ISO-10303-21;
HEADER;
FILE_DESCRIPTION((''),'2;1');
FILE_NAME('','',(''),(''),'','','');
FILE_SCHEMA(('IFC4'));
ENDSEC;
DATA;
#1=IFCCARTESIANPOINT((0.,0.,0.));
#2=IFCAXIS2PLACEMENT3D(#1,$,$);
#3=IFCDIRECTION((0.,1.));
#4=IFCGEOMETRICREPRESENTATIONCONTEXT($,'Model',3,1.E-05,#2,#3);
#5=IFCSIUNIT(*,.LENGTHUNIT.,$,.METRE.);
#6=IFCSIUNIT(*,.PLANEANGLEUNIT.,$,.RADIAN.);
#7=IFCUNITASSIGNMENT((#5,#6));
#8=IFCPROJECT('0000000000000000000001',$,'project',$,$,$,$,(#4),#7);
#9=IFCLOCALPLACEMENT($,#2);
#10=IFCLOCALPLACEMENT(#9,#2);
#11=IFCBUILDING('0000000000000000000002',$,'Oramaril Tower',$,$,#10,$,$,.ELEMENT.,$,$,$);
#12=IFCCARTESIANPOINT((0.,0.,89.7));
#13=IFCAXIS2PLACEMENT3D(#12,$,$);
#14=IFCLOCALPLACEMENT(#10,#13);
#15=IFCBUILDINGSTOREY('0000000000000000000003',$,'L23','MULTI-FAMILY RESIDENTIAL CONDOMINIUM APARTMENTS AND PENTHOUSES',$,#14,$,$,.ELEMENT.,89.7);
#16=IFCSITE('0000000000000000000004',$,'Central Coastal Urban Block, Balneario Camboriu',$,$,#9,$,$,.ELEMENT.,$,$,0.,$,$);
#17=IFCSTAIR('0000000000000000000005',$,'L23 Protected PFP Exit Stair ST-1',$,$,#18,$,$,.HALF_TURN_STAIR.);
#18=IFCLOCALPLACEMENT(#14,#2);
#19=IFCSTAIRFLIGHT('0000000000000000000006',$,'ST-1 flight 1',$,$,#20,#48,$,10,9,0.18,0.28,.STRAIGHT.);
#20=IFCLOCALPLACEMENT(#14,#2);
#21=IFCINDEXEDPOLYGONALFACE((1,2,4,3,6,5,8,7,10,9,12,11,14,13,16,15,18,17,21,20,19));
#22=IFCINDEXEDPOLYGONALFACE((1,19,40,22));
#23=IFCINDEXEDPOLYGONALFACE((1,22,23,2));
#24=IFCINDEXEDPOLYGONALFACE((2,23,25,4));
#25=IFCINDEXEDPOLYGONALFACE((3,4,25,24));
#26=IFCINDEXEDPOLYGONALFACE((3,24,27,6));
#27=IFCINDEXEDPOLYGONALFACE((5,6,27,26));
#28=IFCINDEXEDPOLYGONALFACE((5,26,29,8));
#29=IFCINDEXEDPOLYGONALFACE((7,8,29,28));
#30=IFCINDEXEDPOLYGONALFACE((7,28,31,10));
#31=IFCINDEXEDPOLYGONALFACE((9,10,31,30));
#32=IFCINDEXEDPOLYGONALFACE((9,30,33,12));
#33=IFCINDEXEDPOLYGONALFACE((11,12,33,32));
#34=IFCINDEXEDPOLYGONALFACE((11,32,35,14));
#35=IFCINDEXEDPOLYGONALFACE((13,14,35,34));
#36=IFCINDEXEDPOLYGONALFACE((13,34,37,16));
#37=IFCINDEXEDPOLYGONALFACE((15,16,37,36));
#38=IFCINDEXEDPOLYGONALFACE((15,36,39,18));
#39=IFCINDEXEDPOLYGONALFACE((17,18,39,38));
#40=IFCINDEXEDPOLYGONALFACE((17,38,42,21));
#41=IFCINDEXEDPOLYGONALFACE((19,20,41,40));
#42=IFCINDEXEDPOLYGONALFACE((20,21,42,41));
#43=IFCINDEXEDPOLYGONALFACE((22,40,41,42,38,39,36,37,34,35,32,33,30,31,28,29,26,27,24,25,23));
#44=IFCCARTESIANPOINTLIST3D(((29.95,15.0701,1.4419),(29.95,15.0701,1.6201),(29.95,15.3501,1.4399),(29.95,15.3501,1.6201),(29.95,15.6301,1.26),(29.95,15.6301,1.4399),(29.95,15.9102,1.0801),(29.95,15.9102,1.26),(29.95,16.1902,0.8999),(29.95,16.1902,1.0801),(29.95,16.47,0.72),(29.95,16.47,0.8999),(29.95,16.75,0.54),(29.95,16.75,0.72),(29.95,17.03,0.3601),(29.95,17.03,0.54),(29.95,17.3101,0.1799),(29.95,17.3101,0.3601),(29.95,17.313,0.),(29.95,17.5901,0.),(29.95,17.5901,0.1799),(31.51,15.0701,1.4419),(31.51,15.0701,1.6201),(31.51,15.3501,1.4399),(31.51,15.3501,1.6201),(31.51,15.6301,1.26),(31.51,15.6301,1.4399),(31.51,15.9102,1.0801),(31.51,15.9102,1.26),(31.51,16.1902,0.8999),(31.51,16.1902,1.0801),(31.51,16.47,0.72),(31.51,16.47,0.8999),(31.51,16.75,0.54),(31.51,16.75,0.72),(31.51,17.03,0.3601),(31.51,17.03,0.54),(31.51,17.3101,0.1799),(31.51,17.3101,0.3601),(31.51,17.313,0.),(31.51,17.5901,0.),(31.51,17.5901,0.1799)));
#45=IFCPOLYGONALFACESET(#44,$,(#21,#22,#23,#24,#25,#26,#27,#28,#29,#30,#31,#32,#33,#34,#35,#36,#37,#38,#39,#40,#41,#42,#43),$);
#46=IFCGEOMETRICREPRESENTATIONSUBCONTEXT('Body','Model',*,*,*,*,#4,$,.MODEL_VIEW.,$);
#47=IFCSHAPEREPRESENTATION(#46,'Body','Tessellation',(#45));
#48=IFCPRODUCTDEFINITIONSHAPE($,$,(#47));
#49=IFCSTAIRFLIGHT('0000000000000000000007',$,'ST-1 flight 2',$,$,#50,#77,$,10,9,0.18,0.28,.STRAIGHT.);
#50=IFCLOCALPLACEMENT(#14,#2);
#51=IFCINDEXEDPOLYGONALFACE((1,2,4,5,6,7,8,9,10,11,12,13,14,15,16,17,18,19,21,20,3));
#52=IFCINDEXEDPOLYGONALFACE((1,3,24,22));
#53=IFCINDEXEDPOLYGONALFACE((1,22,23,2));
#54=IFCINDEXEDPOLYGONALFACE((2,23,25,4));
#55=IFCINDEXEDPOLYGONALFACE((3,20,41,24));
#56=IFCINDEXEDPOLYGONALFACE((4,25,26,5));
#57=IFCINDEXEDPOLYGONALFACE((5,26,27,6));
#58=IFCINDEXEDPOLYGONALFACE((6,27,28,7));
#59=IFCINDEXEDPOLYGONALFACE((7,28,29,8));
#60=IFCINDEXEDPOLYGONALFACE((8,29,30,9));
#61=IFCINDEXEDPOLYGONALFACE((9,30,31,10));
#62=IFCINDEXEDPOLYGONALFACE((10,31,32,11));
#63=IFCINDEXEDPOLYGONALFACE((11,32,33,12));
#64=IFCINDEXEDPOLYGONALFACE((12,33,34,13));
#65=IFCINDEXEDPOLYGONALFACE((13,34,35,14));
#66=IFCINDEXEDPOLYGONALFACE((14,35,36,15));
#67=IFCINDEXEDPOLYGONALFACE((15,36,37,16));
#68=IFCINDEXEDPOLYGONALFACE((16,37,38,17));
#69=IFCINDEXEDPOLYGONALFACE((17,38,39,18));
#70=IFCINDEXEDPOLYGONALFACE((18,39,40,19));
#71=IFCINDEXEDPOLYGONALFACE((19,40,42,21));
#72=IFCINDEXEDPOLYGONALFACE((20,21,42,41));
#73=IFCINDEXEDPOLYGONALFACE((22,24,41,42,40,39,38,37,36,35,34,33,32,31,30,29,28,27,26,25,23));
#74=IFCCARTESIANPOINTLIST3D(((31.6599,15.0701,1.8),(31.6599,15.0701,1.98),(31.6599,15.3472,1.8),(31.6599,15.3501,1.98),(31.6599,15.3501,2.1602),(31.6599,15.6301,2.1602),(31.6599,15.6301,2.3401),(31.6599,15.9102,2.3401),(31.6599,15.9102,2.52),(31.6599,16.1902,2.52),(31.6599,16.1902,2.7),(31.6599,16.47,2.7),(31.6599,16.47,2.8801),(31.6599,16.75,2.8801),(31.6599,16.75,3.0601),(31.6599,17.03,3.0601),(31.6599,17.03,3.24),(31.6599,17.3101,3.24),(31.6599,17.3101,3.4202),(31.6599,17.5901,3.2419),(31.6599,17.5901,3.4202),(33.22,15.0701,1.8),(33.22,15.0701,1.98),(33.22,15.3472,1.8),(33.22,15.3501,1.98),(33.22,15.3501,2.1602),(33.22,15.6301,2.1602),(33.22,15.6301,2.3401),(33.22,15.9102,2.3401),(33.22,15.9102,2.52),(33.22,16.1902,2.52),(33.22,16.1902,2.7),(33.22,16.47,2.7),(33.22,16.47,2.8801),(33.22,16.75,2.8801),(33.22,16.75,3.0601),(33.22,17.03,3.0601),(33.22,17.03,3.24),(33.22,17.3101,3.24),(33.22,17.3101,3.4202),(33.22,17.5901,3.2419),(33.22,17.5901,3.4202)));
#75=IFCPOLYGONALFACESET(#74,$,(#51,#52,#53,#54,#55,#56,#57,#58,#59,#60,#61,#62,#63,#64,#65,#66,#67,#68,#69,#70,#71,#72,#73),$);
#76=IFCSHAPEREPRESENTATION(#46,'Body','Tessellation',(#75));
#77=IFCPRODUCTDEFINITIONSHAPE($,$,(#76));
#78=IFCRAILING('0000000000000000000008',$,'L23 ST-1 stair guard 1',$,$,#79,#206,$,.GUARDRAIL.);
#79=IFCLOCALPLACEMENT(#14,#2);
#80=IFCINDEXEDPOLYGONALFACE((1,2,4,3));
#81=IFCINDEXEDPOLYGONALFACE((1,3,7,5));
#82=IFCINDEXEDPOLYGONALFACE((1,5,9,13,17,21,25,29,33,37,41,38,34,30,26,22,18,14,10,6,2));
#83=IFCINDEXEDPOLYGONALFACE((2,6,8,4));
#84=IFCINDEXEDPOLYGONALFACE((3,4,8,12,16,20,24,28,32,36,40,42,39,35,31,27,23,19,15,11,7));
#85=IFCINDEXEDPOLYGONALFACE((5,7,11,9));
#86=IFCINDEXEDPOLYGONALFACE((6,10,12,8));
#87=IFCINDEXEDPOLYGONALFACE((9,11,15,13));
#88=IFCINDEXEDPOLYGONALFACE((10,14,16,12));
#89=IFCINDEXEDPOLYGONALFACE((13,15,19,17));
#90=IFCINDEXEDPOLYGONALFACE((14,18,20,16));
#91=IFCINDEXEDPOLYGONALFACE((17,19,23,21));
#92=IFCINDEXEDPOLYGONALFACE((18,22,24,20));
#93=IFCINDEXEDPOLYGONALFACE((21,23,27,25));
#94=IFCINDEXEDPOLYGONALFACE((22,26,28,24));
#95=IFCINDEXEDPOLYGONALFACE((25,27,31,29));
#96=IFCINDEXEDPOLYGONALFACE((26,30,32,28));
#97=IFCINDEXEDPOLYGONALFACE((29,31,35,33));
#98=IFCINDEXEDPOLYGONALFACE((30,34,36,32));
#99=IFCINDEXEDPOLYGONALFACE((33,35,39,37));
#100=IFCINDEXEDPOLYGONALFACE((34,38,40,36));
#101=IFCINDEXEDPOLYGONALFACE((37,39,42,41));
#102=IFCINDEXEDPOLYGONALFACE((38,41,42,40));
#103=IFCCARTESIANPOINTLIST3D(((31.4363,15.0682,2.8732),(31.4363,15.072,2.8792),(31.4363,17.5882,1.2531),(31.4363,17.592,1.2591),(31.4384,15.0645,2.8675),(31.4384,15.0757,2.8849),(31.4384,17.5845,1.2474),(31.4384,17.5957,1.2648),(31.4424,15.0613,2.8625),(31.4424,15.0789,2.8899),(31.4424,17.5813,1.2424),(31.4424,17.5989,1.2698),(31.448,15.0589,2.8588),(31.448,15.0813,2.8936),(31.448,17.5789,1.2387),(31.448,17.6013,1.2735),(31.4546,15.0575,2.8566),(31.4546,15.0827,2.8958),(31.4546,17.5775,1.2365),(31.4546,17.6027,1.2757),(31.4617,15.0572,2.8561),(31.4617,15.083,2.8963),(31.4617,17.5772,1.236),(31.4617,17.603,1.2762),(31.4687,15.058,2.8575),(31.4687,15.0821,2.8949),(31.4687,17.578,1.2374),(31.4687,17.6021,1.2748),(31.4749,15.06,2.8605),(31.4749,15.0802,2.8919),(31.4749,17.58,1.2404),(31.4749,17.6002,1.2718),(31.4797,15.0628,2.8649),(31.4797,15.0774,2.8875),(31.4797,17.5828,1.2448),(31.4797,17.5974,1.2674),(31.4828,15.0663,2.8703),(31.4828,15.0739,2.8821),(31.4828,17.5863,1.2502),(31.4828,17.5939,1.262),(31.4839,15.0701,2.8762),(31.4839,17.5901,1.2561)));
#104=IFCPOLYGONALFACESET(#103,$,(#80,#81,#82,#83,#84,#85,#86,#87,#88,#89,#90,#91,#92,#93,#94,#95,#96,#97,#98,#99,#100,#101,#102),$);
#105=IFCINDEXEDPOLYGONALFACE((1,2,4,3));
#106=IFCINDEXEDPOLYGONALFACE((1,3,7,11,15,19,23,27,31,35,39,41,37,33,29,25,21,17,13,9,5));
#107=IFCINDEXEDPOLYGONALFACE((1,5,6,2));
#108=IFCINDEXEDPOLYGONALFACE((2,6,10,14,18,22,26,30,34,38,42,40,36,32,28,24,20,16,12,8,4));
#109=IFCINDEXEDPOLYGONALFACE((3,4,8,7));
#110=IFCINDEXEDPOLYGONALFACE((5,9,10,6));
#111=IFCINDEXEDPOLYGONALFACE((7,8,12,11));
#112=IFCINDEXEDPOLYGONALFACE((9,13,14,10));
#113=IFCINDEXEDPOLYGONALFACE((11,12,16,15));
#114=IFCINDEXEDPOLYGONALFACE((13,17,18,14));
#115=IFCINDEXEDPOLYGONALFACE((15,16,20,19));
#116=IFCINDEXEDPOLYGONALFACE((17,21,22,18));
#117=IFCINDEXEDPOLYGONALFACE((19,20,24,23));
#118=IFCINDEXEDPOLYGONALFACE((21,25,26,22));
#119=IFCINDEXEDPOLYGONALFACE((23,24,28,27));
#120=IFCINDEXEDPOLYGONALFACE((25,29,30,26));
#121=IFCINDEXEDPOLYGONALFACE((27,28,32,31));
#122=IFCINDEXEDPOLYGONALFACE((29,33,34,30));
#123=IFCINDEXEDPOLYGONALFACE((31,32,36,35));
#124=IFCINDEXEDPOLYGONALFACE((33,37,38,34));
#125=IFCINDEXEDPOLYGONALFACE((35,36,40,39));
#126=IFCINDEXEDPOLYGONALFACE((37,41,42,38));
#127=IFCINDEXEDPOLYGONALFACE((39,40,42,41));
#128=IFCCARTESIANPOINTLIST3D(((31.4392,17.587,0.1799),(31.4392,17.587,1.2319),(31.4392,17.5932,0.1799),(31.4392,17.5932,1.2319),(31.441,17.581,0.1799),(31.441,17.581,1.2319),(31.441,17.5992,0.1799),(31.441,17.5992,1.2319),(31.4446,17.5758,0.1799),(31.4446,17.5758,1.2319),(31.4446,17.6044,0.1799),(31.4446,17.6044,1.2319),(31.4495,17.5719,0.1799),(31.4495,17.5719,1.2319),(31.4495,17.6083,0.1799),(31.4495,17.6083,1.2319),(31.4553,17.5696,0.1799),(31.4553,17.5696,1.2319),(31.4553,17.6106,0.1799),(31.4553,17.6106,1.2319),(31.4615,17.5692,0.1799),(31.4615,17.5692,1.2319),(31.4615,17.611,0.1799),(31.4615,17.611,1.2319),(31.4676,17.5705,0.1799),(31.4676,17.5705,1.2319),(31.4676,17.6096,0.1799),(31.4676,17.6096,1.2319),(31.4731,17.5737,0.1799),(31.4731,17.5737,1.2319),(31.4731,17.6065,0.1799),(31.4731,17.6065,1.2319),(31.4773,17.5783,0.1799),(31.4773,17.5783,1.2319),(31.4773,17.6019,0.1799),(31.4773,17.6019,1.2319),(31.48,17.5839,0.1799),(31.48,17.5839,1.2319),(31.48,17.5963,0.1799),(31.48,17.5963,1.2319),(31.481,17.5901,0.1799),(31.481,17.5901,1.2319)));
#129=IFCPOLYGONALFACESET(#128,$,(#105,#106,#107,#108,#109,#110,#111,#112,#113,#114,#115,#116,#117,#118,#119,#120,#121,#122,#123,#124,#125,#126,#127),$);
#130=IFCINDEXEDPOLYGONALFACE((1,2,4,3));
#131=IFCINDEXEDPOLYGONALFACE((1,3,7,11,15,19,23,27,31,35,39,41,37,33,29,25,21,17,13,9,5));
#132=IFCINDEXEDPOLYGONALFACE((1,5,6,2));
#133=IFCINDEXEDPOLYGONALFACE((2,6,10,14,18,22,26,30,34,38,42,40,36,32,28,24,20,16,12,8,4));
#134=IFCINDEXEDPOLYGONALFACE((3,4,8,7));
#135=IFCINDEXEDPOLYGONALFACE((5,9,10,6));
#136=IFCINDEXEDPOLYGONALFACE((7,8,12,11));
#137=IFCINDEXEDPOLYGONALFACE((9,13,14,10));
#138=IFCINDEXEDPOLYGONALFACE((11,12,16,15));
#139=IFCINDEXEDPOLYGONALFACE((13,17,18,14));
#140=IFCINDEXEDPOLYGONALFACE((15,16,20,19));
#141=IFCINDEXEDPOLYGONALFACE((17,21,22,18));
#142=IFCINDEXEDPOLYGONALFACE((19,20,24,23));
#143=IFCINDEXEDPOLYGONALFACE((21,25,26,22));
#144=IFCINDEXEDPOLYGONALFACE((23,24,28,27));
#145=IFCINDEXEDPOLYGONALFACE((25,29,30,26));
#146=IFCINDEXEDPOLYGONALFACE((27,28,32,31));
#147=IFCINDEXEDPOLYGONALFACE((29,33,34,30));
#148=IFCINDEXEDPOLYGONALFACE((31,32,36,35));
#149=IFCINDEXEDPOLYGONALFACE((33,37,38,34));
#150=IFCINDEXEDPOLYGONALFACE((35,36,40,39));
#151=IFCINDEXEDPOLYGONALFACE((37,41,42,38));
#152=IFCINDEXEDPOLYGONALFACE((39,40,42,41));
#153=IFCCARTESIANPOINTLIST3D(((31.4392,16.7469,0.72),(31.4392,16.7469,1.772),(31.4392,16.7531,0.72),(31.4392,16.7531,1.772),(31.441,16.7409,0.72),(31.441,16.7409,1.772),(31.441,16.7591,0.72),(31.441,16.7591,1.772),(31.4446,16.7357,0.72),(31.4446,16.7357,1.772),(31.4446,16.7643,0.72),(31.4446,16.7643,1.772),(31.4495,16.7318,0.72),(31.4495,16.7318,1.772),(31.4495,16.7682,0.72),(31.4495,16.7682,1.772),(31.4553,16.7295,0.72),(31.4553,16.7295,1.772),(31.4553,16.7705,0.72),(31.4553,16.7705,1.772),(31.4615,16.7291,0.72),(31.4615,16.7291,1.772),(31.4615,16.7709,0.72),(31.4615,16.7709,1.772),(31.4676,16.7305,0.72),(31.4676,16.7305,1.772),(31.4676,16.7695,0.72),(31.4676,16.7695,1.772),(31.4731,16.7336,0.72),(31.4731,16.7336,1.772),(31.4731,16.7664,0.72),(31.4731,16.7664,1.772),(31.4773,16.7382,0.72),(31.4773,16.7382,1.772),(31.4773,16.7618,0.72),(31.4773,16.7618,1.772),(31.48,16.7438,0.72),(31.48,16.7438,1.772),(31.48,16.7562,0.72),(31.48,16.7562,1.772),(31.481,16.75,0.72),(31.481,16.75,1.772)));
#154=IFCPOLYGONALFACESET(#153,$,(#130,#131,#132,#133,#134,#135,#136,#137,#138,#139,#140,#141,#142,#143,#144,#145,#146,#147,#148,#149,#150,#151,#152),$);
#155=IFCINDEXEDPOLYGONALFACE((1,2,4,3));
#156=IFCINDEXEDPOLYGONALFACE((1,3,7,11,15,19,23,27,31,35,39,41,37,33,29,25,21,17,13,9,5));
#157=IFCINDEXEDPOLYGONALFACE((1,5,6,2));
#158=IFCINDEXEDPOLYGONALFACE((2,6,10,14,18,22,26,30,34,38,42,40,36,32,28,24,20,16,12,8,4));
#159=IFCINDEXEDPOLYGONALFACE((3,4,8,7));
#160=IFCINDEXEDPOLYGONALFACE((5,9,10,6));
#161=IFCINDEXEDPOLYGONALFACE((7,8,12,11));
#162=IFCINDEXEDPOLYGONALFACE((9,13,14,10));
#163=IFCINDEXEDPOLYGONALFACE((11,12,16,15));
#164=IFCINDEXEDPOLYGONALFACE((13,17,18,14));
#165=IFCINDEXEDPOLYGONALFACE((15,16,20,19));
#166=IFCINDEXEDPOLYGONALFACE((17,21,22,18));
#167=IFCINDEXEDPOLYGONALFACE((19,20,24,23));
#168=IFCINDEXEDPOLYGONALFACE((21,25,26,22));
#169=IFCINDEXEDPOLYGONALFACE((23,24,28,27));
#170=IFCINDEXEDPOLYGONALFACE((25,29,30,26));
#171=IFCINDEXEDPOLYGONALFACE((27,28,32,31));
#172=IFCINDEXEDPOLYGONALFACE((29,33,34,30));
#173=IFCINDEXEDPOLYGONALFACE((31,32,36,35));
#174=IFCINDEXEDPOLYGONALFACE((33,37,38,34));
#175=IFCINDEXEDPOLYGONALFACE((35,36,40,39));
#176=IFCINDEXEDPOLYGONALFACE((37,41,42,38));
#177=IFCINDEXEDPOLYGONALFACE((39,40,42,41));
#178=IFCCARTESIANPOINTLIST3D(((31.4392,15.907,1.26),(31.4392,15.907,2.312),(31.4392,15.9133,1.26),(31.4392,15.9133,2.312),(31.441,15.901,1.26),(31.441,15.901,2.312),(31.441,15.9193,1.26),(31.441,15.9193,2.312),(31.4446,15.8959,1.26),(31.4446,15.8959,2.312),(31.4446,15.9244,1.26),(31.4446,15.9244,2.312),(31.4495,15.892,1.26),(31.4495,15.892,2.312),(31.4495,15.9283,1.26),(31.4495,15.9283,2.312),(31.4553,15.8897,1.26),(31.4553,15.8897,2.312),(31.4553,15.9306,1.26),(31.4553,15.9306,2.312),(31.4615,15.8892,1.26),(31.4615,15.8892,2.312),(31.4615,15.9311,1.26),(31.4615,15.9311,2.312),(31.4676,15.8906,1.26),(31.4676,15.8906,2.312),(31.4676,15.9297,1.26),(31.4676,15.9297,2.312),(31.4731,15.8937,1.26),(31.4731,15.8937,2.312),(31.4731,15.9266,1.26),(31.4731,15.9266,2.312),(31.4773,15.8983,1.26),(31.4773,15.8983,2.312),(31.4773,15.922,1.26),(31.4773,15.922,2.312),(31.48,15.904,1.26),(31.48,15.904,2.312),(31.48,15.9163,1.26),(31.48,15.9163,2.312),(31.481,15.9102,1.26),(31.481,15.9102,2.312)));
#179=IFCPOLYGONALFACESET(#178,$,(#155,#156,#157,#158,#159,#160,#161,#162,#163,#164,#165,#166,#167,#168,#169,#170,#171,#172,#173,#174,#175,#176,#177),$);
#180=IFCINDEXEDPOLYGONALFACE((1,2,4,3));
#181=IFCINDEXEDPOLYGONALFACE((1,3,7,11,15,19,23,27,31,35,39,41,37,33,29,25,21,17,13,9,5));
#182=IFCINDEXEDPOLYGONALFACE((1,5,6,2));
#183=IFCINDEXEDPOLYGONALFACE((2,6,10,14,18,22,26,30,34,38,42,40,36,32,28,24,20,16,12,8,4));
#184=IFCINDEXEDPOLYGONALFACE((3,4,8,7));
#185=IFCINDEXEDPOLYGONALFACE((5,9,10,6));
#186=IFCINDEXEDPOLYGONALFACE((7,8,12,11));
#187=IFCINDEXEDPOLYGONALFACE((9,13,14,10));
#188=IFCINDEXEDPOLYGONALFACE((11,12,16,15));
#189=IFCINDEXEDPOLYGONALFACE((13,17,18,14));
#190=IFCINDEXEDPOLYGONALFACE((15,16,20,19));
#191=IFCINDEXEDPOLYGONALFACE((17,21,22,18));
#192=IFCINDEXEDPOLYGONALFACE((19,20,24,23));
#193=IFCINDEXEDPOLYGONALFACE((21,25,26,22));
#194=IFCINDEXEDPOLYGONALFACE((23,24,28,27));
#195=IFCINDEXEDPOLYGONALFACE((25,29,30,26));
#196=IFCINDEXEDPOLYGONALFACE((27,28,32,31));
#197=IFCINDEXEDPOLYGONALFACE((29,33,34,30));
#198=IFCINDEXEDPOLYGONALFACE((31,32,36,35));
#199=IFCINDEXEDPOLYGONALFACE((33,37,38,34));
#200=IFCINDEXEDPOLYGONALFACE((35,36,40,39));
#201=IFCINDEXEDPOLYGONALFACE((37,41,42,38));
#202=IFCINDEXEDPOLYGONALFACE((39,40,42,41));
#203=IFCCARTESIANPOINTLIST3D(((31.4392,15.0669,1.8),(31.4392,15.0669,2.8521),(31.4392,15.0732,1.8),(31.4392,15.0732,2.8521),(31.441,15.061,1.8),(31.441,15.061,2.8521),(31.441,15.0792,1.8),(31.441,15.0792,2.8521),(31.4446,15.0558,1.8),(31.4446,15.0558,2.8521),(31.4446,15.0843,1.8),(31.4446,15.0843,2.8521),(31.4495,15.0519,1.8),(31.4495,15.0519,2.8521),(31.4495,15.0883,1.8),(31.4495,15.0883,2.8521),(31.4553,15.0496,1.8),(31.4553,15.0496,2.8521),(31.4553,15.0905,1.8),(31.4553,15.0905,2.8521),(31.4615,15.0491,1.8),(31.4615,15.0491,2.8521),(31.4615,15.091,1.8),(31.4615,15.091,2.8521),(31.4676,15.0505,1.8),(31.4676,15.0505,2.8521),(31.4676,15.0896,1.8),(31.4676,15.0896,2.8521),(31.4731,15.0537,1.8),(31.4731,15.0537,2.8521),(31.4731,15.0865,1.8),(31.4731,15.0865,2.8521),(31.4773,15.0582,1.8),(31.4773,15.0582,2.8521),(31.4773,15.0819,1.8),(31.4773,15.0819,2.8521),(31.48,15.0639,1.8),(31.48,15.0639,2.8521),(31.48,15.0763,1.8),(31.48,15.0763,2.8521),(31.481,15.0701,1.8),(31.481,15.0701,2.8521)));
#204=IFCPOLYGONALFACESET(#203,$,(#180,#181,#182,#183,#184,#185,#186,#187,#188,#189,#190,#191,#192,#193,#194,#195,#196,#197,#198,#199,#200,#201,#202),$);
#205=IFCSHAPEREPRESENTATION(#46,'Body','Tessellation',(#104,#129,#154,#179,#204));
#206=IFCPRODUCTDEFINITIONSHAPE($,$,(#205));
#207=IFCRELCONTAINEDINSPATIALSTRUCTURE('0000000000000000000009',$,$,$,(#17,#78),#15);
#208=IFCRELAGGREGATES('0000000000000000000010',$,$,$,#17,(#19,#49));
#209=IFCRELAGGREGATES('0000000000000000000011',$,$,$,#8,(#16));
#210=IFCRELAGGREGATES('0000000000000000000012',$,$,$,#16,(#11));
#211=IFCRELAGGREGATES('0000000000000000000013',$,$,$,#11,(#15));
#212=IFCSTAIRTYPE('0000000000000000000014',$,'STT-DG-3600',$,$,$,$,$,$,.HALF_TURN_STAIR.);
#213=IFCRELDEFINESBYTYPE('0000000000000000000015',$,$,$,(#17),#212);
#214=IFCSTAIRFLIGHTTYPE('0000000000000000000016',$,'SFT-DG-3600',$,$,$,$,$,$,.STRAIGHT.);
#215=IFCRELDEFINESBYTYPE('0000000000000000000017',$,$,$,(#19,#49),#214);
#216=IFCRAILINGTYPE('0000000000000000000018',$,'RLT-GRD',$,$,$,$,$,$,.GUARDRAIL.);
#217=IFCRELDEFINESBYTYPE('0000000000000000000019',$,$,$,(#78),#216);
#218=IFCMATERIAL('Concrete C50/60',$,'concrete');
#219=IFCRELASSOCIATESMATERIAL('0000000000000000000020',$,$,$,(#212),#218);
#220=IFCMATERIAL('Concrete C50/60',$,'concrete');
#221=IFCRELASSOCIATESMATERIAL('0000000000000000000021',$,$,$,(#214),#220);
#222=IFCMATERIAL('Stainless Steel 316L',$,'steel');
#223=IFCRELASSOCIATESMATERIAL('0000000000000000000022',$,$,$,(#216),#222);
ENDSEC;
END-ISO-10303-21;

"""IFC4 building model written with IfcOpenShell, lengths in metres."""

from ifc_helpers import new_model, si_unit, direction, frame, origin, origin_2d, place, context, subcontext, project, spatial, polyline, circle, outline, extrude, material, type_object, element, aggregate, save


model = new_model("IFC4")

# Units and contexts
model_context = context("Model", 3, precision=1e-05, world=origin(), true_north=direction((0.0, 1.0)))
body_context = subcontext(model_context, "Body", "Model", "MODEL_VIEW")
ifc_project = project(units=[si_unit("LENGTHUNIT", "METRE"), si_unit("PLANEANGLEUNIT", "RADIAN")], contexts=[model_context])

# Site, building, storey
site_placement = place(None, origin())
site = spatial("IfcSite", under=ifc_project, at=site_placement, Name="Central Coastal Urban Block, Balneario Camboriu", CompositionType="ELEMENT", RefElevation=0.0)
building_placement = place(site_placement, origin())
building = spatial("IfcBuilding", under=site, at=building_placement, Name="Oramaril Tower", CompositionType="ELEMENT")
storey_placement = place(building_placement, frame((0.0, 0.0, 89.7)))
storey = spatial("IfcBuildingStorey", under=building, at=storey_placement, Name="L23", Description="MULTI-FAMILY RESIDENTIAL CONDOMINIUM APARTMENTS AND PENTHOUSES", CompositionType="ELEMENT", Elevation=89.7)

# Stair, stair flights
ifc_material_1 = material(Name="Concrete C50/60", Category="concrete")
stair_type = type_object("IfcStairType", Name="STT-DG-3600", PredefinedType="HALF_TURN_STAIR", material=ifc_material_1)
stair_placement = place(storey_placement, origin())
stair = element("IfcStair", 1, at=stair_placement, inside=storey, type_object=stair_type, Name="L23 Protected PFP Exit Stair ST-1", PredefinedType="HALF_TURN_STAIR")
ifc_material_2 = material(Name="Concrete C50/60", Category="concrete")
stair_flight_type = type_object("IfcStairFlightType", Name="SFT-DG-3600", PredefinedType="STRAIGHT", material=ifc_material_2)
stair_flight_1_placement = place(storey_placement, frame((30.73, 17.5901, 0.0), z_axis=(0.0, 0.0, 1.0), x_axis=(0.0, -1.0, 0.0)))
stair_flight_1 = element("IfcStairFlight", 2, at=stair_flight_1_placement, type_object=stair_flight_type, Name="ST-1 flight 1", NumberOfRisers=10, NumberOfTreads=9, PredefinedType="STRAIGHT", RiserHeight=0.18, TreadLength=0.28, context=body_context, shape_type="SweptSolid", body=[
    extrude(outline(polyline([(0.0, 0.0), (0.0, 0.1799), (0.28, 0.1799), (0.28, 0.3601), (0.5601, 0.3601), (0.5601, 0.54), (0.8401, 0.54), (0.8401, 0.72), (1.1201, 0.72), (1.1201, 0.8999), (1.3999, 0.8999), (1.3999, 1.0801), (1.6799, 1.0801), (1.6799, 1.26), (1.96, 1.26), (1.96, 1.4399), (2.24, 1.4399), (2.24, 1.6201), (2.52, 1.6201), (2.52, 1.8), (2.52, 1.4419), (0.2771, 0.0), (0.0, 0.0)])), frame((0.0, 0.78, 0.0), z_axis=(0.0, -1.0, 0.0), x_axis=(1.0, 0.0, 0.0)), (0.0, 0.0, 1.0), 1.5601),
])
stair_flight_2_placement = place(storey_placement, frame((32.4399, 15.0701, 1.8), z_axis=(0.0, 0.0, 1.0), x_axis=(0.0, 1.0, 0.0)))
stair_flight_2 = element("IfcStairFlight", 3, at=stair_flight_2_placement, type_object=stair_flight_type, Name="ST-1 flight 2", NumberOfRisers=10, NumberOfTreads=9, PredefinedType="STRAIGHT", RiserHeight=0.18, TreadLength=0.28, context=body_context, shape_type="SweptSolid", body=[
    extrude(outline(polyline([(0.0, 0.0), (0.0, 0.1799), (0.28, 0.1799), (0.28, 0.3601), (0.5601, 0.3601), (0.5601, 0.54), (0.8401, 0.54), (0.8401, 0.72), (1.1201, 0.72), (1.1201, 0.8999), (1.3999, 0.8999), (1.3999, 1.0801), (1.6799, 1.0801), (1.6799, 1.26), (1.96, 1.26), (1.96, 1.4399), (2.24, 1.4399), (2.24, 1.6201), (2.52, 1.6201), (2.52, 1.8), (2.52, 1.4419), (0.2771, 0.0), (0.0, 0.0)])), frame((0.0, 0.78, 0.0), z_axis=(0.0, -1.0, 0.0), x_axis=(1.0, 0.0, 0.0)), (0.0, 0.0, 1.0), 1.5601),
])
aggregate(stair, [stair_flight_1, stair_flight_2])

# Railing
ifc_material_3 = material(Name="Stainless Steel 316L", Category="steel")
railing_type_1 = type_object("IfcRailingType", Name="RLT-GRD", PredefinedType="GUARDRAIL", material=ifc_material_3)
railing_1_placement = place(storey_placement, frame((31.46, 17.5901, 0.1799)))
element("IfcRailing", 4, at=railing_1_placement, inside=storey, type_object=railing_type_1, Name="L23 ST-1 stair guard 1", PredefinedType="GUARDRAIL", context=body_context, shape_type="SweptSolid", body=[
    extrude(circle(Radius=0.0239, at=origin_2d()), frame((0.0, 0.0, 1.0762), z_axis=(0.0, -0.841163, 0.540782), x_axis=(1.0, 0.0, 0.0)), (0.0, 0.0, 1.0), 2.9958),
    extrude(circle(Radius=0.021, at=origin_2d()), origin(), (0.0, 0.0, 1.0), 1.052),
    extrude(circle(Radius=0.021, at=origin_2d()), frame((0.0, -0.8401, 0.54)), (0.0, 0.0, 1.0), 1.052),
    extrude(circle(Radius=0.021, at=origin_2d()), frame((0.0, -1.6799, 1.0801)), (0.0, 0.0, 1.0), 1.052),
    extrude(circle(Radius=0.021, at=origin_2d()), frame((0.0, -2.52, 1.6201)), (0.0, 0.0, 1.0), 1.052),
])

save(model, "model.ifc")
